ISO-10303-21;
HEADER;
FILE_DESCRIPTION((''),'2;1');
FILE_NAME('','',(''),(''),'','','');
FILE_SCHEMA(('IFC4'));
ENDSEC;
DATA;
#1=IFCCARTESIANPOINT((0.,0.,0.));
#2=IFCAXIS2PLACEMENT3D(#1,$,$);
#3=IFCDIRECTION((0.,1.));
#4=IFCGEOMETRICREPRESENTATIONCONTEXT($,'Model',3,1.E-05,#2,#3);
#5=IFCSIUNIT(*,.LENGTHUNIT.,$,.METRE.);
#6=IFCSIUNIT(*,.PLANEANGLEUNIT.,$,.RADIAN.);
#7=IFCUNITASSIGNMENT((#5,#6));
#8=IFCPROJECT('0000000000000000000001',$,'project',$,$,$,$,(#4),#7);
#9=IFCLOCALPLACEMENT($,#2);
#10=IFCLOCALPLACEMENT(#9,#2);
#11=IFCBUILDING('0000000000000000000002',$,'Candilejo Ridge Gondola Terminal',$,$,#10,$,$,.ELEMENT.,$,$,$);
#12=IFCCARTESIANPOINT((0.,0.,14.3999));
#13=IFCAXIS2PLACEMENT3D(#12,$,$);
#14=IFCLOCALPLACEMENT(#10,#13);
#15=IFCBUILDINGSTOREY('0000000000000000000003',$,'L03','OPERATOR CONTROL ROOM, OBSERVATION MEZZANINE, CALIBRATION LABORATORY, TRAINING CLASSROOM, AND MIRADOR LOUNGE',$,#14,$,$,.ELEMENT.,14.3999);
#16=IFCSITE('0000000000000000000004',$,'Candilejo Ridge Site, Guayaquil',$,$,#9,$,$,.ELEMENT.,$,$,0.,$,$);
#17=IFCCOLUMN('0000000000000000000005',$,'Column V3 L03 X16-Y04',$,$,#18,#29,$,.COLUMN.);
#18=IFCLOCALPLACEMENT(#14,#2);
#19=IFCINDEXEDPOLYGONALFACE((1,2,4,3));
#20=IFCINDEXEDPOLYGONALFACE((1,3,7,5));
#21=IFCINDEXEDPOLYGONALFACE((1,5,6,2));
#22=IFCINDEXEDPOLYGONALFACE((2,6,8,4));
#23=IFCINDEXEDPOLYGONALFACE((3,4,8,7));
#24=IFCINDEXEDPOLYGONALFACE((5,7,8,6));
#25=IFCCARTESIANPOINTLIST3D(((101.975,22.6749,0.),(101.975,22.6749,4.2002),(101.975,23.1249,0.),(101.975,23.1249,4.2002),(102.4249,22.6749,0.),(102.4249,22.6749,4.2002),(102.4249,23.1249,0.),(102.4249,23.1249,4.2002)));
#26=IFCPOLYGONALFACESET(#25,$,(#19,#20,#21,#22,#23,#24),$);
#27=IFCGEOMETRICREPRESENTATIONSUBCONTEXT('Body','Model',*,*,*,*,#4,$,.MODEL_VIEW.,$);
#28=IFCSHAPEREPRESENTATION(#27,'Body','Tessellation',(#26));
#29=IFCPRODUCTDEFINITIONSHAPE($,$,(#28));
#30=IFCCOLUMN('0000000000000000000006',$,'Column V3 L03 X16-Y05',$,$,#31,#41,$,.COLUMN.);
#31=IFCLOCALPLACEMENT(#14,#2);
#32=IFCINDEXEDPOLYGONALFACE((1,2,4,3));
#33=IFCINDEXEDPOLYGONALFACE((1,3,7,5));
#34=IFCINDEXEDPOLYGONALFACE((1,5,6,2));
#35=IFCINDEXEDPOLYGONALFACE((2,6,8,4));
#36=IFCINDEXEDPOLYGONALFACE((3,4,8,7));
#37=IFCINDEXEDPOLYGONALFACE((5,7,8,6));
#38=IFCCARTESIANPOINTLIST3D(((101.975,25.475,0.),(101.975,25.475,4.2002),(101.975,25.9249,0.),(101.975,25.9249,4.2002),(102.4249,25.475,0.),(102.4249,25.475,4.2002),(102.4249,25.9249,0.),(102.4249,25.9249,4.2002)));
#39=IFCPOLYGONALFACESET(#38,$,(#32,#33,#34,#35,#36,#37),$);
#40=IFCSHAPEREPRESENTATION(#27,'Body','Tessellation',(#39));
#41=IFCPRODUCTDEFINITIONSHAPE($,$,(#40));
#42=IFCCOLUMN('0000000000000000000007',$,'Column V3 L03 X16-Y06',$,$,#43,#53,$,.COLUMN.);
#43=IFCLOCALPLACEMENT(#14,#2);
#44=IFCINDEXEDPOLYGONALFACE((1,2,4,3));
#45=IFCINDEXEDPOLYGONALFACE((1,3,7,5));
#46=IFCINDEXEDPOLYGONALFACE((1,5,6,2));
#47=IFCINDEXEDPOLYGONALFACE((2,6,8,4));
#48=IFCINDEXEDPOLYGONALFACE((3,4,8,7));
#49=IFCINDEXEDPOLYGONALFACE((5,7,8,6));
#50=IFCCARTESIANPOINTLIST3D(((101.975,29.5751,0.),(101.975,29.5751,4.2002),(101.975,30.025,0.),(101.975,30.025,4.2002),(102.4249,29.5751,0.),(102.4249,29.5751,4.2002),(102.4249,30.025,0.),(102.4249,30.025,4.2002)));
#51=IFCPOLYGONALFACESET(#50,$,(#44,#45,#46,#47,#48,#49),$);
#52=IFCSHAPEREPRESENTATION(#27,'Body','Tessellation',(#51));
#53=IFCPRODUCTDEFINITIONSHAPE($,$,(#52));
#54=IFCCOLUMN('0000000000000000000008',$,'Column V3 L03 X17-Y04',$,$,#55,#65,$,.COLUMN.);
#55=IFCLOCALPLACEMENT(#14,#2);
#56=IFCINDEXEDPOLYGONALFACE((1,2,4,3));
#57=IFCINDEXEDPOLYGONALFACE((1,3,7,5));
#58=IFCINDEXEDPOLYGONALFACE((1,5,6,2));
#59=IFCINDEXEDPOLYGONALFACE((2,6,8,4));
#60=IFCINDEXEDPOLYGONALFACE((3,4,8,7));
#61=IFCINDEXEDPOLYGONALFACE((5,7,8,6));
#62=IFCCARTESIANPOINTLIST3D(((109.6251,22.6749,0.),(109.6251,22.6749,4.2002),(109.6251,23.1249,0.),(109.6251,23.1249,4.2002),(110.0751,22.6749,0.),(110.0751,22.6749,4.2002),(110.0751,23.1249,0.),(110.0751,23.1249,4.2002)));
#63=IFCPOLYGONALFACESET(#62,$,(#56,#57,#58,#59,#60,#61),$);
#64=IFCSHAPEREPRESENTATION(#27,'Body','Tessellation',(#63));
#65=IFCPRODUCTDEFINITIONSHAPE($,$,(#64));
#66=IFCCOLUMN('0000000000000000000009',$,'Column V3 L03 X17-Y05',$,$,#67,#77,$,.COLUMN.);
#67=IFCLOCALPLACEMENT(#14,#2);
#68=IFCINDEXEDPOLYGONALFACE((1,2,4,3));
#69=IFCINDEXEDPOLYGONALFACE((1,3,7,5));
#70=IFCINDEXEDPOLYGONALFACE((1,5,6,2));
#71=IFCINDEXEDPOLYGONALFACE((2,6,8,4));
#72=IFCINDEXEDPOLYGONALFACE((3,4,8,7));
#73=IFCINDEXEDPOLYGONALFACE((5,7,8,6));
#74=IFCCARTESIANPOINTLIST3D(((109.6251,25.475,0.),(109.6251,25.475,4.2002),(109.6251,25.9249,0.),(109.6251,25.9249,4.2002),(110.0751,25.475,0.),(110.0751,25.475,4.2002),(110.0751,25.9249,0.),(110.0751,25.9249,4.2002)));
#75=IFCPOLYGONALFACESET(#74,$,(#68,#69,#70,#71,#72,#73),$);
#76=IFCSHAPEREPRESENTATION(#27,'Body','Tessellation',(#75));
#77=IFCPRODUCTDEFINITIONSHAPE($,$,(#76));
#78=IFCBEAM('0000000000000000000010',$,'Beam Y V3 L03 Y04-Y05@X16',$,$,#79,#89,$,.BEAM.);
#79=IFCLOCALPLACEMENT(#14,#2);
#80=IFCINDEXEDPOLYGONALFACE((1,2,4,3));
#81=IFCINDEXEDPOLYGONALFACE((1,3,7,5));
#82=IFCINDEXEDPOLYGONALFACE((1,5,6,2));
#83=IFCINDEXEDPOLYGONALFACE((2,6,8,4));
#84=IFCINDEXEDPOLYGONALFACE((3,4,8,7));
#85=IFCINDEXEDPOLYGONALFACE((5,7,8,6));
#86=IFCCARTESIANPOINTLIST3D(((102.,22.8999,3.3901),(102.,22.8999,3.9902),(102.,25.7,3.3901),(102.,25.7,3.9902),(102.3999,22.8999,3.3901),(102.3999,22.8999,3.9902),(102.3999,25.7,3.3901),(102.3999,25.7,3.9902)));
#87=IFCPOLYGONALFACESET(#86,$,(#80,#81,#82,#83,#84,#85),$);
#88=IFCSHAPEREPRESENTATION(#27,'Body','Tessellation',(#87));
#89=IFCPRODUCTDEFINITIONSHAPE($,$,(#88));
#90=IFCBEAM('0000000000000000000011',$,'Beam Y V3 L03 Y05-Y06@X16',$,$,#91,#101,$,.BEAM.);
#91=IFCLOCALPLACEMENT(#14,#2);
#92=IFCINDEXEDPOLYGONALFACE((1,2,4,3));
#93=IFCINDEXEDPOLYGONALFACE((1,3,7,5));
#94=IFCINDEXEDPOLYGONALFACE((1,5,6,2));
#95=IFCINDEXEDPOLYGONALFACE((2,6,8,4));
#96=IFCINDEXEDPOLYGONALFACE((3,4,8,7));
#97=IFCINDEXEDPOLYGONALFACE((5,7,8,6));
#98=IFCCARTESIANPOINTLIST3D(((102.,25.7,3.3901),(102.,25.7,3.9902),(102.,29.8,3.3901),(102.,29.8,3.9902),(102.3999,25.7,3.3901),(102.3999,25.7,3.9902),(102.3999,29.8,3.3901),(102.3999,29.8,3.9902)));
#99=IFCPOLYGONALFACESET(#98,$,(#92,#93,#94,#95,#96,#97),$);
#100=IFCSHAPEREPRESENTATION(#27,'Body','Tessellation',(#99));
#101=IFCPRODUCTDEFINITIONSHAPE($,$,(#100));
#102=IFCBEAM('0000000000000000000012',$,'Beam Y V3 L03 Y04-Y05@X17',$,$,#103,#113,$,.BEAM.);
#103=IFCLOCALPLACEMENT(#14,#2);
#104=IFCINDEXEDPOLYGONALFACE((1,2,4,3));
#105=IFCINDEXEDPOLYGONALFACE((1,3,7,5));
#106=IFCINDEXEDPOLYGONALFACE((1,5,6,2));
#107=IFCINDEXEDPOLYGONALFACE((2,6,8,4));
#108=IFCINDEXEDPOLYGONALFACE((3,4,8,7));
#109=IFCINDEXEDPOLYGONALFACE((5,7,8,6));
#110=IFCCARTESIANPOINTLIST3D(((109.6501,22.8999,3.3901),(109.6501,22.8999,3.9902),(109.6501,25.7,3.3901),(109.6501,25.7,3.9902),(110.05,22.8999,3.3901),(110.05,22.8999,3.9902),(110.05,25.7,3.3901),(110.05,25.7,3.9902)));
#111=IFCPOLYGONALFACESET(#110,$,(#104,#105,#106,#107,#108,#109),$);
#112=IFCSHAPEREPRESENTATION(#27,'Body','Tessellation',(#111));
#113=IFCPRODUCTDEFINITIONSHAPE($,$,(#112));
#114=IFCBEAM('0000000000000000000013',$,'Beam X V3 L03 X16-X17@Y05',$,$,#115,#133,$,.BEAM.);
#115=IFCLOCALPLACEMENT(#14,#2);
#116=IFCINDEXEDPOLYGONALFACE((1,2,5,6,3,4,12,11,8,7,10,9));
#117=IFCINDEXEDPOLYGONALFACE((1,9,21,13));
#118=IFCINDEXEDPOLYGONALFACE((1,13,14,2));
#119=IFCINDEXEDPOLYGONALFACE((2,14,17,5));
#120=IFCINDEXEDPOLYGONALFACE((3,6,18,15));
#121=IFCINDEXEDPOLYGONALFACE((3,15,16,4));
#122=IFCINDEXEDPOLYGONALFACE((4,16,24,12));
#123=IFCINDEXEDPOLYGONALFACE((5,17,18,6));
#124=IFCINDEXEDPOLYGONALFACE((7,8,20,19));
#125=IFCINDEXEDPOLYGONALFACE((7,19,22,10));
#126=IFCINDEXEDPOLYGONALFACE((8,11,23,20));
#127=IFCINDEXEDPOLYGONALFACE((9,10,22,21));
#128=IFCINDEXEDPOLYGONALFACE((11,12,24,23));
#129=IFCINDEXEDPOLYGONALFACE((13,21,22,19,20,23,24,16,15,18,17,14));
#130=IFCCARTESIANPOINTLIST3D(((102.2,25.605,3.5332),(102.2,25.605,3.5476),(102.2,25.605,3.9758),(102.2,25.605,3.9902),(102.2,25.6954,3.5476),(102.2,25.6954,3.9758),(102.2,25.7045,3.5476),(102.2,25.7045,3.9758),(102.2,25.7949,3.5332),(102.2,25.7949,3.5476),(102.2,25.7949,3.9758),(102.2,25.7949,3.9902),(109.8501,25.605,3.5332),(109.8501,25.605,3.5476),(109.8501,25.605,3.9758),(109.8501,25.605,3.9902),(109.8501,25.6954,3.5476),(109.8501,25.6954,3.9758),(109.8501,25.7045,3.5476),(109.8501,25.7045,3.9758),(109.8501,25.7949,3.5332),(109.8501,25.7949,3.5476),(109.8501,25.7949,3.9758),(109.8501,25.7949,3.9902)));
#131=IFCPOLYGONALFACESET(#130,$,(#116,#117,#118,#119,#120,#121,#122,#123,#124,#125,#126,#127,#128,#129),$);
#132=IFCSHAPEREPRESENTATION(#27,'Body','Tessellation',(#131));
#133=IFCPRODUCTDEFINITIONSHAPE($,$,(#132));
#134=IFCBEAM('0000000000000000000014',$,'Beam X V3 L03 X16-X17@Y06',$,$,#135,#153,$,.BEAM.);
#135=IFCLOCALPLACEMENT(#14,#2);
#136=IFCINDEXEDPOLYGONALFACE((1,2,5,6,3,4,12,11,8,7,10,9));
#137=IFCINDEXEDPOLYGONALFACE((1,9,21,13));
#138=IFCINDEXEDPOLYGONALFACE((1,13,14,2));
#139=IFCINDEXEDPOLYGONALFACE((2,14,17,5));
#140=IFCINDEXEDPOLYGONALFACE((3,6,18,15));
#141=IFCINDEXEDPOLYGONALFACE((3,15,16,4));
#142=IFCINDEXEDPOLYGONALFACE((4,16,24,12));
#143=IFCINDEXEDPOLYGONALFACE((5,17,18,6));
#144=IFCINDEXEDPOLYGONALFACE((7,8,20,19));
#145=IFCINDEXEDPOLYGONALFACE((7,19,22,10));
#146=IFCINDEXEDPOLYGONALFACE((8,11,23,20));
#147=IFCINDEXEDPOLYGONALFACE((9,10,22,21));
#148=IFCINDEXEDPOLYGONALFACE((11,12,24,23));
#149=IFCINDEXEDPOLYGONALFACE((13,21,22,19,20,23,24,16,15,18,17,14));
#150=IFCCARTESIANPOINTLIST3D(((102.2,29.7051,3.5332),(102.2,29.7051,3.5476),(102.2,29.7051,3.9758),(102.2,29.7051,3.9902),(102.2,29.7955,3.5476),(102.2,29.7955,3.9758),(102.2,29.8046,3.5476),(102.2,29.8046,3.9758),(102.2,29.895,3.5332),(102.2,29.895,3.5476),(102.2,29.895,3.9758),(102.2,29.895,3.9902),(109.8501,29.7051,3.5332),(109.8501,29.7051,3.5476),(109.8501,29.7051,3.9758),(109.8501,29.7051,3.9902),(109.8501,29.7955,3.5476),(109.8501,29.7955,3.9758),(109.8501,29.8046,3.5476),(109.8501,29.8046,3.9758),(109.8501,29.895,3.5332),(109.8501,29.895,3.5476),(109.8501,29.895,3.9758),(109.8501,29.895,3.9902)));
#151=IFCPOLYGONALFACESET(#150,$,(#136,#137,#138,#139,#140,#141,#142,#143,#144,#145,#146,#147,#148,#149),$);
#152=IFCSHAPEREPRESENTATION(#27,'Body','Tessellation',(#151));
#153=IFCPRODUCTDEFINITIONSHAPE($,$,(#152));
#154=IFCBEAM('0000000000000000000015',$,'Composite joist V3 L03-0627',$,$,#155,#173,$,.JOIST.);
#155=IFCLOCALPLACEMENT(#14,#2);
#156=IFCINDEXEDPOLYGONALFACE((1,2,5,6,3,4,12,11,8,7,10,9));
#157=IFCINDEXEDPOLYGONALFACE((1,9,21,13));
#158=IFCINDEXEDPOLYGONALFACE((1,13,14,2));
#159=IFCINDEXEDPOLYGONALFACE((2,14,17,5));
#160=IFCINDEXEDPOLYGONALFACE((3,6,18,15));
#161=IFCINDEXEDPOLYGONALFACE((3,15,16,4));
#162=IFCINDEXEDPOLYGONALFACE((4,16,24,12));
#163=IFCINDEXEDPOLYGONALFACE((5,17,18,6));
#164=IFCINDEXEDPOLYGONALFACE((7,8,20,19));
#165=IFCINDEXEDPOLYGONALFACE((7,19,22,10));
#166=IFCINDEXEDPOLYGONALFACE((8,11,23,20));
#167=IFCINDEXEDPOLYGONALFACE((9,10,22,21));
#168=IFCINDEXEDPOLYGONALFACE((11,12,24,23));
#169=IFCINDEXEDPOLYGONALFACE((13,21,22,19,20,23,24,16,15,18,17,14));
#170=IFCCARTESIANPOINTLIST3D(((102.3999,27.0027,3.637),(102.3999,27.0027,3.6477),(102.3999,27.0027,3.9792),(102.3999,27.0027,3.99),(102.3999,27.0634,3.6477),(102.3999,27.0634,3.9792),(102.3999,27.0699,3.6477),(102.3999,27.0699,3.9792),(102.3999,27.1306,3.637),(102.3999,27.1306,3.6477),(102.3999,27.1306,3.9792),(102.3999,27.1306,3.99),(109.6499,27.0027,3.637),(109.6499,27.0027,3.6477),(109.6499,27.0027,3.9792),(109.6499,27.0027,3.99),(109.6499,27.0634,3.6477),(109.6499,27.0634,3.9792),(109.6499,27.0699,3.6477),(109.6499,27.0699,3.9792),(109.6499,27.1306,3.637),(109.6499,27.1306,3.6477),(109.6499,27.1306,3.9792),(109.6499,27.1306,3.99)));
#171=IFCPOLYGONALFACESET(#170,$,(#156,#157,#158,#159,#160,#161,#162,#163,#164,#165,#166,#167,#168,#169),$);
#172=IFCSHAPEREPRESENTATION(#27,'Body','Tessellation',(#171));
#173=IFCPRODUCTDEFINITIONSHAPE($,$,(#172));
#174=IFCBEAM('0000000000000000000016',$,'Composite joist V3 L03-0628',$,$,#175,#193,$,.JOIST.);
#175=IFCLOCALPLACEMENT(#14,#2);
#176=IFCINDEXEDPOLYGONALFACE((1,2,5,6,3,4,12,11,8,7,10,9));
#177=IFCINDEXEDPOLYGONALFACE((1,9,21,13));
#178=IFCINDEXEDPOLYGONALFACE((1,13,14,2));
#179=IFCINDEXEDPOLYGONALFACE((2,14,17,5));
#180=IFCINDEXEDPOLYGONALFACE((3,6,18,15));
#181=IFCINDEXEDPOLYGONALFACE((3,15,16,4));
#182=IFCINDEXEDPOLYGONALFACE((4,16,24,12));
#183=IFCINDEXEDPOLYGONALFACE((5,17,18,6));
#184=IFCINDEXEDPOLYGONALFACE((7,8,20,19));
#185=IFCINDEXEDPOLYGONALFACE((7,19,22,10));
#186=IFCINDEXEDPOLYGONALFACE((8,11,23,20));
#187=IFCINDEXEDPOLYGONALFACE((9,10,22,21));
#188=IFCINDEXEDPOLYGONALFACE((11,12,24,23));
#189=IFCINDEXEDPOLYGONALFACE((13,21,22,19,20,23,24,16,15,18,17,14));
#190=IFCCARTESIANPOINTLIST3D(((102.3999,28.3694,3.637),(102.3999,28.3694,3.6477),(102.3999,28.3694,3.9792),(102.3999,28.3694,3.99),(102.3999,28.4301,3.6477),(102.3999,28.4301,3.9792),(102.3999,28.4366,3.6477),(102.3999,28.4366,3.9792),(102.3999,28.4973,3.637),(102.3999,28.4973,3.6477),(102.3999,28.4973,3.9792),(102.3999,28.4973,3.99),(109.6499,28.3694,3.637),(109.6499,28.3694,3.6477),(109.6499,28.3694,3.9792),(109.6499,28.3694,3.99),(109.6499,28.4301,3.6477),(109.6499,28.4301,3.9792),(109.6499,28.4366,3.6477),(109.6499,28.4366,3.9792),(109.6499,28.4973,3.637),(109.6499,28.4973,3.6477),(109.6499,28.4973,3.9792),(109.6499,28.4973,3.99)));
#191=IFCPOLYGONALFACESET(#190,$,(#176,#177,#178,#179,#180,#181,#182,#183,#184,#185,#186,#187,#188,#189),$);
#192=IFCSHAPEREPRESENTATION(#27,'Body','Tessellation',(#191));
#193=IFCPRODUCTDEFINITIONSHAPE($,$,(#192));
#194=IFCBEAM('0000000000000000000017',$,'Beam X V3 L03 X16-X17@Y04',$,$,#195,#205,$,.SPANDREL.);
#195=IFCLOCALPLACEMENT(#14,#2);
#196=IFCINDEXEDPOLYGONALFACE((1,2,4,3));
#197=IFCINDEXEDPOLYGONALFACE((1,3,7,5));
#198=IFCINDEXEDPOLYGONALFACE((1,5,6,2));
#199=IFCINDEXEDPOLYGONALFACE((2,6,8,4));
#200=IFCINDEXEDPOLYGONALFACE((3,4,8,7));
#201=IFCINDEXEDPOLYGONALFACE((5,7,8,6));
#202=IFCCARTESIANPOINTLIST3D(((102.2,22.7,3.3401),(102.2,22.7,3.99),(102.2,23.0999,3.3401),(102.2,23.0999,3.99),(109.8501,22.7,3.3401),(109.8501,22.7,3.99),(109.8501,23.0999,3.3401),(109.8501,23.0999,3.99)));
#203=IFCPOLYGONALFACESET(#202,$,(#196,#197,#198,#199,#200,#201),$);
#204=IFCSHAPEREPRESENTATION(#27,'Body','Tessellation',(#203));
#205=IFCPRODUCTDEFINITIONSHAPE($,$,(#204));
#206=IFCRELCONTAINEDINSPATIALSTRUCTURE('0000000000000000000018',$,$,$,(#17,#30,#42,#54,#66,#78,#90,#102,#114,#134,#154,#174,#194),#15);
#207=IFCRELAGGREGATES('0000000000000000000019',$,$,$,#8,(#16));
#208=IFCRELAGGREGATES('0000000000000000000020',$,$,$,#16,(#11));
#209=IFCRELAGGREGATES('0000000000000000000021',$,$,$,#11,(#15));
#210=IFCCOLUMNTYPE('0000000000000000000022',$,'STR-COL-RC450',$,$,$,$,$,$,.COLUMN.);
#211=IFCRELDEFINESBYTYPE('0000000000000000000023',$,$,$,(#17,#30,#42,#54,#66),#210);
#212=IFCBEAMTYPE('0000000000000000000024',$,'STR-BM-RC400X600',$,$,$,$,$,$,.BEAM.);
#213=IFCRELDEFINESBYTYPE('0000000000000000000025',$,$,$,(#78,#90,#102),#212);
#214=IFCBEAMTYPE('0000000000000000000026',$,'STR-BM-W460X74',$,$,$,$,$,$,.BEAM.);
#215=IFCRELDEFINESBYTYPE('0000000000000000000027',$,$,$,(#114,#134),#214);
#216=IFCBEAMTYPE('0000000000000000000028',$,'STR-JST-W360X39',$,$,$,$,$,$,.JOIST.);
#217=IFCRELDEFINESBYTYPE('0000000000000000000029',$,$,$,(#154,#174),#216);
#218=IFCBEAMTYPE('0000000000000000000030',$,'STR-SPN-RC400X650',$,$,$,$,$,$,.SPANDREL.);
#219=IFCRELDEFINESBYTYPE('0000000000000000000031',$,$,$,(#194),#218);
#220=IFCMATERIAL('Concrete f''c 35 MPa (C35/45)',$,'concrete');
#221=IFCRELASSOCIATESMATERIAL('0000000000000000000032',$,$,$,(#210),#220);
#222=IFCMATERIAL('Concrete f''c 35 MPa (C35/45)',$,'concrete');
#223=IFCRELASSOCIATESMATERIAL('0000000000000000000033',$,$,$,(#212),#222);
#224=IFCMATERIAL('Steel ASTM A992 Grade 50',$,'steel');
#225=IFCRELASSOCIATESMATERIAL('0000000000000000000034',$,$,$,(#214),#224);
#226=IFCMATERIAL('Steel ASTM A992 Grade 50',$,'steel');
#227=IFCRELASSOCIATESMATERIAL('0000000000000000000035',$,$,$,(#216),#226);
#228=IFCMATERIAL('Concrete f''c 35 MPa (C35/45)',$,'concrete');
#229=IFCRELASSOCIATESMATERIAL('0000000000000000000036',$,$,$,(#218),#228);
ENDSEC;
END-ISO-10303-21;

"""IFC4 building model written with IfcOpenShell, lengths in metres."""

from ifc_helpers import new_model, si_unit, direction, frame, origin, origin_2d, place, context, subcontext, project, spatial, rectangle, i_section, extrude, material, material_profile, profile_set, type_object, element, save


model = new_model("IFC4")

# Units and contexts
model_context = context("Model", 3, precision=1e-05, world=origin(), true_north=direction((0.0, 1.0)))
body_context = subcontext(model_context, "Body", "Model", "MODEL_VIEW")
ifc_project = project(units=[si_unit("LENGTHUNIT", "METRE"), si_unit("PLANEANGLEUNIT", "RADIAN")], contexts=[model_context])

# Site, building, storey
site_placement = place(None, origin())
site = spatial("IfcSite", under=ifc_project, at=site_placement, Name="Candilejo Ridge Site, Guayaquil", CompositionType="ELEMENT", RefElevation=0.0)
building_placement = place(site_placement, origin())
building = spatial("IfcBuilding", under=site, at=building_placement, Name="Candilejo Ridge Gondola Terminal", CompositionType="ELEMENT")
storey_placement = place(building_placement, frame((0.0, 0.0, 14.3999)))
storey = spatial("IfcBuildingStorey", under=building, at=storey_placement, Name="L03", Description="OPERATOR CONTROL ROOM, OBSERVATION MEZZANINE, CALIBRATION LABORATORY, TRAINING CLASSROOM, AND MIRADOR LOUNGE", CompositionType="ELEMENT", Elevation=14.3999)

# Columns
ifc_material_1 = material(Name="Concrete f'c 35 MPa (C35/45)", Category="concrete")
ifc_material_profile_1 = material_profile(ifc_material_1, rectangle(XDim=0.45, YDim=0.45, at=origin_2d()))
ifc_profile_set_1 = profile_set([ifc_material_profile_1], Name="Concrete f'c 35 MPa (C35/45)")
column_type = type_object("IfcColumnType", Name="STR-COL-RC450", PredefinedType="COLUMN", material=ifc_profile_set_1)
for number, where, z_axis, x_axis, name in (
    (1, (102.2, 22.8999, 0.0), (0.0, 0.0, 1.0), (1.0, 0.0, 0.0), "Column V3 L03 X16-Y04"),
    (2, (102.2, 25.7, 0.0), (0.0, 0.0, 1.0), (1.0, 0.0, 0.0), "Column V3 L03 X16-Y05"),
    (3, (102.2, 29.8, 0.0), (0.0, 0.0, 1.0), (1.0, 0.0, 0.0), "Column V3 L03 X16-Y06"),
    (4, (109.8501, 22.8999, 0.0), (0.0, 0.0, 1.0), (1.0, 0.0, 0.0), "Column V3 L03 X17-Y04"),
    (5, (109.8501, 25.7, 0.0), (0.0, 0.0, 1.0), (1.0, 0.0, 0.0), "Column V3 L03 X17-Y05"),
):
    element("IfcColumn", number, at=place(storey_placement, frame(where, z_axis=z_axis, x_axis=x_axis)), inside=storey, type_object=column_type, Name=name, PredefinedType="COLUMN", context=body_context, shape_type="SweptSolid", body=[
        extrude(rectangle(XDim=0.45, YDim=0.45, at=origin_2d()), origin(), (0.0, 0.0, 1.0), 4.2002),
    ])

# Beams
ifc_material_2 = material(Name="Concrete f'c 35 MPa (C35/45)", Category="concrete")
ifc_material_profile_2 = material_profile(ifc_material_2, rectangle(XDim=0.3999, YDim=0.6001, at=origin_2d()))
ifc_profile_set_2 = profile_set([ifc_material_profile_2], Name="Concrete f'c 35 MPa (C35/45)")
beam_type_1 = type_object("IfcBeamType", Name="STR-BM-RC400X600", PredefinedType="BEAM", material=ifc_profile_set_2)
beam_1_placement = place(storey_placement, frame((102.2, 22.8999, 3.6902), z_axis=(0.0, 1.0, 0.0), x_axis=(-1.0, 0.0, 0.0)))
element("IfcBeam", 6, at=beam_1_placement, inside=storey, type_object=beam_type_1, Name="Beam Y V3 L03 Y04-Y05@X16", PredefinedType="BEAM", context=body_context, shape_type="SweptSolid", body=[
    extrude(rectangle(XDim=0.3999, YDim=0.6001, at=origin_2d()), origin(), (0.0, 0.0, 1.0), 2.8),
])
beam_2_placement = place(storey_placement, frame((102.2, 25.7, 3.6902), z_axis=(0.0, 1.0, 0.0), x_axis=(-1.0, 0.0, 0.0)))
element("IfcBeam", 7, at=beam_2_placement, inside=storey, type_object=beam_type_1, Name="Beam Y V3 L03 Y05-Y06@X16", PredefinedType="BEAM", context=body_context, shape_type="SweptSolid", body=[
    extrude(rectangle(XDim=0.3999, YDim=0.6001, at=origin_2d()), origin(), (0.0, 0.0, 1.0), 4.1001),
])
beam_3_placement = place(storey_placement, frame((109.8501, 22.8999, 3.6902), z_axis=(0.0, 1.0, 0.0), x_axis=(-1.0, 0.0, 0.0)))
element("IfcBeam", 8, at=beam_3_placement, inside=storey, type_object=beam_type_1, Name="Beam Y V3 L03 Y04-Y05@X17", PredefinedType="BEAM", context=body_context, shape_type="SweptSolid", body=[
    extrude(rectangle(XDim=0.3999, YDim=0.6001, at=origin_2d()), origin(), (0.0, 0.0, 1.0), 2.8),
])
ifc_material_3 = material(Name="Steel ASTM A992 Grade 50", Category="steel")
ifc_material_profile_3 = material_profile(ifc_material_3, i_section(OverallWidth=0.1899, OverallDepth=0.457, WebThickness=0.009, FlangeThickness=0.0144, at=origin_2d()))
ifc_profile_set_3 = profile_set([ifc_material_profile_3], Name="Steel ASTM A992 Grade 50")
beam_type_2 = type_object("IfcBeamType", Name="STR-BM-W460X74", PredefinedType="BEAM", material=ifc_profile_set_3)
for number, where, z_axis, x_axis, name in (
    (9, (102.2, 25.7, 3.7617), (1.0, 0.0, 0.0), (0.0, 1.0, 0.0), "Beam X V3 L03 X16-X17@Y05"),
    (10, (102.2, 29.8, 3.7617), (1.0, 0.0, 0.0), (0.0, 1.0, 0.0), "Beam X V3 L03 X16-X17@Y06"),
):
    element("IfcBeam", number, at=place(storey_placement, frame(where, z_axis=z_axis, x_axis=x_axis)), inside=storey, type_object=beam_type_2, Name=name, PredefinedType="BEAM", context=body_context, shape_type="SweptSolid", body=[
        extrude(i_section(OverallWidth=0.1899, OverallDepth=0.457, WebThickness=0.009, FlangeThickness=0.0144, at=origin_2d()), origin(), (0.0, 0.0, 1.0), 7.6501),
    ])
ifc_material_4 = material(Name="Steel ASTM A992 Grade 50", Category="steel")
ifc_material_profile_4 = material_profile(ifc_material_4, i_section(OverallWidth=0.1279, OverallDepth=0.353, WebThickness=0.0066, FlangeThickness=0.0107, at=origin_2d()))
ifc_profile_set_4 = profile_set([ifc_material_profile_4], Name="Steel ASTM A992 Grade 50")
beam_type_3 = type_object("IfcBeamType", Name="STR-JST-W360X39", PredefinedType="JOIST", material=ifc_profile_set_4)
for number, where, z_axis, x_axis, name in (
    (11, (102.3999, 27.0667, 3.8135), (1.0, 0.0, 0.0), (0.0, 1.0, 0.0), "Composite joist V3 L03-0627"),
    (12, (102.3999, 28.4333, 3.8135), (1.0, 0.0, 0.0), (0.0, 1.0, 0.0), "Composite joist V3 L03-0628"),
):
    element("IfcBeam", number, at=place(storey_placement, frame(where, z_axis=z_axis, x_axis=x_axis)), inside=storey, type_object=beam_type_3, Name=name, PredefinedType="JOIST", context=body_context, shape_type="SweptSolid", body=[
        extrude(i_section(OverallWidth=0.1279, OverallDepth=0.353, WebThickness=0.0066, FlangeThickness=0.0107, at=origin_2d()), origin(), (0.0, 0.0, 1.0), 7.25),
    ])
ifc_material_5 = material(Name="Concrete f'c 35 MPa (C35/45)", Category="concrete")
ifc_material_profile_5 = material_profile(ifc_material_5, rectangle(XDim=0.3999, YDim=0.6499, at=origin_2d()))
ifc_profile_set_5 = profile_set([ifc_material_profile_5], Name="Concrete f'c 35 MPa (C35/45)")
beam_type_4 = type_object("IfcBeamType", Name="STR-SPN-RC400X650", PredefinedType="SPANDREL", material=ifc_profile_set_5)
beam_4_placement = place(storey_placement, frame((102.2, 22.8999, 3.665), z_axis=(1.0, 0.0, 0.0), x_axis=(0.0, 1.0, 0.0)))
element("IfcBeam", 13, at=beam_4_placement, inside=storey, type_object=beam_type_4, Name="Beam X V3 L03 X16-X17@Y04", PredefinedType="SPANDREL", context=body_context, shape_type="SweptSolid", body=[
    extrude(rectangle(XDim=0.3999, YDim=0.6499, at=origin_2d()), origin(), (0.0, 0.0, 1.0), 7.6501),
])

save(model, "model.ifc")
